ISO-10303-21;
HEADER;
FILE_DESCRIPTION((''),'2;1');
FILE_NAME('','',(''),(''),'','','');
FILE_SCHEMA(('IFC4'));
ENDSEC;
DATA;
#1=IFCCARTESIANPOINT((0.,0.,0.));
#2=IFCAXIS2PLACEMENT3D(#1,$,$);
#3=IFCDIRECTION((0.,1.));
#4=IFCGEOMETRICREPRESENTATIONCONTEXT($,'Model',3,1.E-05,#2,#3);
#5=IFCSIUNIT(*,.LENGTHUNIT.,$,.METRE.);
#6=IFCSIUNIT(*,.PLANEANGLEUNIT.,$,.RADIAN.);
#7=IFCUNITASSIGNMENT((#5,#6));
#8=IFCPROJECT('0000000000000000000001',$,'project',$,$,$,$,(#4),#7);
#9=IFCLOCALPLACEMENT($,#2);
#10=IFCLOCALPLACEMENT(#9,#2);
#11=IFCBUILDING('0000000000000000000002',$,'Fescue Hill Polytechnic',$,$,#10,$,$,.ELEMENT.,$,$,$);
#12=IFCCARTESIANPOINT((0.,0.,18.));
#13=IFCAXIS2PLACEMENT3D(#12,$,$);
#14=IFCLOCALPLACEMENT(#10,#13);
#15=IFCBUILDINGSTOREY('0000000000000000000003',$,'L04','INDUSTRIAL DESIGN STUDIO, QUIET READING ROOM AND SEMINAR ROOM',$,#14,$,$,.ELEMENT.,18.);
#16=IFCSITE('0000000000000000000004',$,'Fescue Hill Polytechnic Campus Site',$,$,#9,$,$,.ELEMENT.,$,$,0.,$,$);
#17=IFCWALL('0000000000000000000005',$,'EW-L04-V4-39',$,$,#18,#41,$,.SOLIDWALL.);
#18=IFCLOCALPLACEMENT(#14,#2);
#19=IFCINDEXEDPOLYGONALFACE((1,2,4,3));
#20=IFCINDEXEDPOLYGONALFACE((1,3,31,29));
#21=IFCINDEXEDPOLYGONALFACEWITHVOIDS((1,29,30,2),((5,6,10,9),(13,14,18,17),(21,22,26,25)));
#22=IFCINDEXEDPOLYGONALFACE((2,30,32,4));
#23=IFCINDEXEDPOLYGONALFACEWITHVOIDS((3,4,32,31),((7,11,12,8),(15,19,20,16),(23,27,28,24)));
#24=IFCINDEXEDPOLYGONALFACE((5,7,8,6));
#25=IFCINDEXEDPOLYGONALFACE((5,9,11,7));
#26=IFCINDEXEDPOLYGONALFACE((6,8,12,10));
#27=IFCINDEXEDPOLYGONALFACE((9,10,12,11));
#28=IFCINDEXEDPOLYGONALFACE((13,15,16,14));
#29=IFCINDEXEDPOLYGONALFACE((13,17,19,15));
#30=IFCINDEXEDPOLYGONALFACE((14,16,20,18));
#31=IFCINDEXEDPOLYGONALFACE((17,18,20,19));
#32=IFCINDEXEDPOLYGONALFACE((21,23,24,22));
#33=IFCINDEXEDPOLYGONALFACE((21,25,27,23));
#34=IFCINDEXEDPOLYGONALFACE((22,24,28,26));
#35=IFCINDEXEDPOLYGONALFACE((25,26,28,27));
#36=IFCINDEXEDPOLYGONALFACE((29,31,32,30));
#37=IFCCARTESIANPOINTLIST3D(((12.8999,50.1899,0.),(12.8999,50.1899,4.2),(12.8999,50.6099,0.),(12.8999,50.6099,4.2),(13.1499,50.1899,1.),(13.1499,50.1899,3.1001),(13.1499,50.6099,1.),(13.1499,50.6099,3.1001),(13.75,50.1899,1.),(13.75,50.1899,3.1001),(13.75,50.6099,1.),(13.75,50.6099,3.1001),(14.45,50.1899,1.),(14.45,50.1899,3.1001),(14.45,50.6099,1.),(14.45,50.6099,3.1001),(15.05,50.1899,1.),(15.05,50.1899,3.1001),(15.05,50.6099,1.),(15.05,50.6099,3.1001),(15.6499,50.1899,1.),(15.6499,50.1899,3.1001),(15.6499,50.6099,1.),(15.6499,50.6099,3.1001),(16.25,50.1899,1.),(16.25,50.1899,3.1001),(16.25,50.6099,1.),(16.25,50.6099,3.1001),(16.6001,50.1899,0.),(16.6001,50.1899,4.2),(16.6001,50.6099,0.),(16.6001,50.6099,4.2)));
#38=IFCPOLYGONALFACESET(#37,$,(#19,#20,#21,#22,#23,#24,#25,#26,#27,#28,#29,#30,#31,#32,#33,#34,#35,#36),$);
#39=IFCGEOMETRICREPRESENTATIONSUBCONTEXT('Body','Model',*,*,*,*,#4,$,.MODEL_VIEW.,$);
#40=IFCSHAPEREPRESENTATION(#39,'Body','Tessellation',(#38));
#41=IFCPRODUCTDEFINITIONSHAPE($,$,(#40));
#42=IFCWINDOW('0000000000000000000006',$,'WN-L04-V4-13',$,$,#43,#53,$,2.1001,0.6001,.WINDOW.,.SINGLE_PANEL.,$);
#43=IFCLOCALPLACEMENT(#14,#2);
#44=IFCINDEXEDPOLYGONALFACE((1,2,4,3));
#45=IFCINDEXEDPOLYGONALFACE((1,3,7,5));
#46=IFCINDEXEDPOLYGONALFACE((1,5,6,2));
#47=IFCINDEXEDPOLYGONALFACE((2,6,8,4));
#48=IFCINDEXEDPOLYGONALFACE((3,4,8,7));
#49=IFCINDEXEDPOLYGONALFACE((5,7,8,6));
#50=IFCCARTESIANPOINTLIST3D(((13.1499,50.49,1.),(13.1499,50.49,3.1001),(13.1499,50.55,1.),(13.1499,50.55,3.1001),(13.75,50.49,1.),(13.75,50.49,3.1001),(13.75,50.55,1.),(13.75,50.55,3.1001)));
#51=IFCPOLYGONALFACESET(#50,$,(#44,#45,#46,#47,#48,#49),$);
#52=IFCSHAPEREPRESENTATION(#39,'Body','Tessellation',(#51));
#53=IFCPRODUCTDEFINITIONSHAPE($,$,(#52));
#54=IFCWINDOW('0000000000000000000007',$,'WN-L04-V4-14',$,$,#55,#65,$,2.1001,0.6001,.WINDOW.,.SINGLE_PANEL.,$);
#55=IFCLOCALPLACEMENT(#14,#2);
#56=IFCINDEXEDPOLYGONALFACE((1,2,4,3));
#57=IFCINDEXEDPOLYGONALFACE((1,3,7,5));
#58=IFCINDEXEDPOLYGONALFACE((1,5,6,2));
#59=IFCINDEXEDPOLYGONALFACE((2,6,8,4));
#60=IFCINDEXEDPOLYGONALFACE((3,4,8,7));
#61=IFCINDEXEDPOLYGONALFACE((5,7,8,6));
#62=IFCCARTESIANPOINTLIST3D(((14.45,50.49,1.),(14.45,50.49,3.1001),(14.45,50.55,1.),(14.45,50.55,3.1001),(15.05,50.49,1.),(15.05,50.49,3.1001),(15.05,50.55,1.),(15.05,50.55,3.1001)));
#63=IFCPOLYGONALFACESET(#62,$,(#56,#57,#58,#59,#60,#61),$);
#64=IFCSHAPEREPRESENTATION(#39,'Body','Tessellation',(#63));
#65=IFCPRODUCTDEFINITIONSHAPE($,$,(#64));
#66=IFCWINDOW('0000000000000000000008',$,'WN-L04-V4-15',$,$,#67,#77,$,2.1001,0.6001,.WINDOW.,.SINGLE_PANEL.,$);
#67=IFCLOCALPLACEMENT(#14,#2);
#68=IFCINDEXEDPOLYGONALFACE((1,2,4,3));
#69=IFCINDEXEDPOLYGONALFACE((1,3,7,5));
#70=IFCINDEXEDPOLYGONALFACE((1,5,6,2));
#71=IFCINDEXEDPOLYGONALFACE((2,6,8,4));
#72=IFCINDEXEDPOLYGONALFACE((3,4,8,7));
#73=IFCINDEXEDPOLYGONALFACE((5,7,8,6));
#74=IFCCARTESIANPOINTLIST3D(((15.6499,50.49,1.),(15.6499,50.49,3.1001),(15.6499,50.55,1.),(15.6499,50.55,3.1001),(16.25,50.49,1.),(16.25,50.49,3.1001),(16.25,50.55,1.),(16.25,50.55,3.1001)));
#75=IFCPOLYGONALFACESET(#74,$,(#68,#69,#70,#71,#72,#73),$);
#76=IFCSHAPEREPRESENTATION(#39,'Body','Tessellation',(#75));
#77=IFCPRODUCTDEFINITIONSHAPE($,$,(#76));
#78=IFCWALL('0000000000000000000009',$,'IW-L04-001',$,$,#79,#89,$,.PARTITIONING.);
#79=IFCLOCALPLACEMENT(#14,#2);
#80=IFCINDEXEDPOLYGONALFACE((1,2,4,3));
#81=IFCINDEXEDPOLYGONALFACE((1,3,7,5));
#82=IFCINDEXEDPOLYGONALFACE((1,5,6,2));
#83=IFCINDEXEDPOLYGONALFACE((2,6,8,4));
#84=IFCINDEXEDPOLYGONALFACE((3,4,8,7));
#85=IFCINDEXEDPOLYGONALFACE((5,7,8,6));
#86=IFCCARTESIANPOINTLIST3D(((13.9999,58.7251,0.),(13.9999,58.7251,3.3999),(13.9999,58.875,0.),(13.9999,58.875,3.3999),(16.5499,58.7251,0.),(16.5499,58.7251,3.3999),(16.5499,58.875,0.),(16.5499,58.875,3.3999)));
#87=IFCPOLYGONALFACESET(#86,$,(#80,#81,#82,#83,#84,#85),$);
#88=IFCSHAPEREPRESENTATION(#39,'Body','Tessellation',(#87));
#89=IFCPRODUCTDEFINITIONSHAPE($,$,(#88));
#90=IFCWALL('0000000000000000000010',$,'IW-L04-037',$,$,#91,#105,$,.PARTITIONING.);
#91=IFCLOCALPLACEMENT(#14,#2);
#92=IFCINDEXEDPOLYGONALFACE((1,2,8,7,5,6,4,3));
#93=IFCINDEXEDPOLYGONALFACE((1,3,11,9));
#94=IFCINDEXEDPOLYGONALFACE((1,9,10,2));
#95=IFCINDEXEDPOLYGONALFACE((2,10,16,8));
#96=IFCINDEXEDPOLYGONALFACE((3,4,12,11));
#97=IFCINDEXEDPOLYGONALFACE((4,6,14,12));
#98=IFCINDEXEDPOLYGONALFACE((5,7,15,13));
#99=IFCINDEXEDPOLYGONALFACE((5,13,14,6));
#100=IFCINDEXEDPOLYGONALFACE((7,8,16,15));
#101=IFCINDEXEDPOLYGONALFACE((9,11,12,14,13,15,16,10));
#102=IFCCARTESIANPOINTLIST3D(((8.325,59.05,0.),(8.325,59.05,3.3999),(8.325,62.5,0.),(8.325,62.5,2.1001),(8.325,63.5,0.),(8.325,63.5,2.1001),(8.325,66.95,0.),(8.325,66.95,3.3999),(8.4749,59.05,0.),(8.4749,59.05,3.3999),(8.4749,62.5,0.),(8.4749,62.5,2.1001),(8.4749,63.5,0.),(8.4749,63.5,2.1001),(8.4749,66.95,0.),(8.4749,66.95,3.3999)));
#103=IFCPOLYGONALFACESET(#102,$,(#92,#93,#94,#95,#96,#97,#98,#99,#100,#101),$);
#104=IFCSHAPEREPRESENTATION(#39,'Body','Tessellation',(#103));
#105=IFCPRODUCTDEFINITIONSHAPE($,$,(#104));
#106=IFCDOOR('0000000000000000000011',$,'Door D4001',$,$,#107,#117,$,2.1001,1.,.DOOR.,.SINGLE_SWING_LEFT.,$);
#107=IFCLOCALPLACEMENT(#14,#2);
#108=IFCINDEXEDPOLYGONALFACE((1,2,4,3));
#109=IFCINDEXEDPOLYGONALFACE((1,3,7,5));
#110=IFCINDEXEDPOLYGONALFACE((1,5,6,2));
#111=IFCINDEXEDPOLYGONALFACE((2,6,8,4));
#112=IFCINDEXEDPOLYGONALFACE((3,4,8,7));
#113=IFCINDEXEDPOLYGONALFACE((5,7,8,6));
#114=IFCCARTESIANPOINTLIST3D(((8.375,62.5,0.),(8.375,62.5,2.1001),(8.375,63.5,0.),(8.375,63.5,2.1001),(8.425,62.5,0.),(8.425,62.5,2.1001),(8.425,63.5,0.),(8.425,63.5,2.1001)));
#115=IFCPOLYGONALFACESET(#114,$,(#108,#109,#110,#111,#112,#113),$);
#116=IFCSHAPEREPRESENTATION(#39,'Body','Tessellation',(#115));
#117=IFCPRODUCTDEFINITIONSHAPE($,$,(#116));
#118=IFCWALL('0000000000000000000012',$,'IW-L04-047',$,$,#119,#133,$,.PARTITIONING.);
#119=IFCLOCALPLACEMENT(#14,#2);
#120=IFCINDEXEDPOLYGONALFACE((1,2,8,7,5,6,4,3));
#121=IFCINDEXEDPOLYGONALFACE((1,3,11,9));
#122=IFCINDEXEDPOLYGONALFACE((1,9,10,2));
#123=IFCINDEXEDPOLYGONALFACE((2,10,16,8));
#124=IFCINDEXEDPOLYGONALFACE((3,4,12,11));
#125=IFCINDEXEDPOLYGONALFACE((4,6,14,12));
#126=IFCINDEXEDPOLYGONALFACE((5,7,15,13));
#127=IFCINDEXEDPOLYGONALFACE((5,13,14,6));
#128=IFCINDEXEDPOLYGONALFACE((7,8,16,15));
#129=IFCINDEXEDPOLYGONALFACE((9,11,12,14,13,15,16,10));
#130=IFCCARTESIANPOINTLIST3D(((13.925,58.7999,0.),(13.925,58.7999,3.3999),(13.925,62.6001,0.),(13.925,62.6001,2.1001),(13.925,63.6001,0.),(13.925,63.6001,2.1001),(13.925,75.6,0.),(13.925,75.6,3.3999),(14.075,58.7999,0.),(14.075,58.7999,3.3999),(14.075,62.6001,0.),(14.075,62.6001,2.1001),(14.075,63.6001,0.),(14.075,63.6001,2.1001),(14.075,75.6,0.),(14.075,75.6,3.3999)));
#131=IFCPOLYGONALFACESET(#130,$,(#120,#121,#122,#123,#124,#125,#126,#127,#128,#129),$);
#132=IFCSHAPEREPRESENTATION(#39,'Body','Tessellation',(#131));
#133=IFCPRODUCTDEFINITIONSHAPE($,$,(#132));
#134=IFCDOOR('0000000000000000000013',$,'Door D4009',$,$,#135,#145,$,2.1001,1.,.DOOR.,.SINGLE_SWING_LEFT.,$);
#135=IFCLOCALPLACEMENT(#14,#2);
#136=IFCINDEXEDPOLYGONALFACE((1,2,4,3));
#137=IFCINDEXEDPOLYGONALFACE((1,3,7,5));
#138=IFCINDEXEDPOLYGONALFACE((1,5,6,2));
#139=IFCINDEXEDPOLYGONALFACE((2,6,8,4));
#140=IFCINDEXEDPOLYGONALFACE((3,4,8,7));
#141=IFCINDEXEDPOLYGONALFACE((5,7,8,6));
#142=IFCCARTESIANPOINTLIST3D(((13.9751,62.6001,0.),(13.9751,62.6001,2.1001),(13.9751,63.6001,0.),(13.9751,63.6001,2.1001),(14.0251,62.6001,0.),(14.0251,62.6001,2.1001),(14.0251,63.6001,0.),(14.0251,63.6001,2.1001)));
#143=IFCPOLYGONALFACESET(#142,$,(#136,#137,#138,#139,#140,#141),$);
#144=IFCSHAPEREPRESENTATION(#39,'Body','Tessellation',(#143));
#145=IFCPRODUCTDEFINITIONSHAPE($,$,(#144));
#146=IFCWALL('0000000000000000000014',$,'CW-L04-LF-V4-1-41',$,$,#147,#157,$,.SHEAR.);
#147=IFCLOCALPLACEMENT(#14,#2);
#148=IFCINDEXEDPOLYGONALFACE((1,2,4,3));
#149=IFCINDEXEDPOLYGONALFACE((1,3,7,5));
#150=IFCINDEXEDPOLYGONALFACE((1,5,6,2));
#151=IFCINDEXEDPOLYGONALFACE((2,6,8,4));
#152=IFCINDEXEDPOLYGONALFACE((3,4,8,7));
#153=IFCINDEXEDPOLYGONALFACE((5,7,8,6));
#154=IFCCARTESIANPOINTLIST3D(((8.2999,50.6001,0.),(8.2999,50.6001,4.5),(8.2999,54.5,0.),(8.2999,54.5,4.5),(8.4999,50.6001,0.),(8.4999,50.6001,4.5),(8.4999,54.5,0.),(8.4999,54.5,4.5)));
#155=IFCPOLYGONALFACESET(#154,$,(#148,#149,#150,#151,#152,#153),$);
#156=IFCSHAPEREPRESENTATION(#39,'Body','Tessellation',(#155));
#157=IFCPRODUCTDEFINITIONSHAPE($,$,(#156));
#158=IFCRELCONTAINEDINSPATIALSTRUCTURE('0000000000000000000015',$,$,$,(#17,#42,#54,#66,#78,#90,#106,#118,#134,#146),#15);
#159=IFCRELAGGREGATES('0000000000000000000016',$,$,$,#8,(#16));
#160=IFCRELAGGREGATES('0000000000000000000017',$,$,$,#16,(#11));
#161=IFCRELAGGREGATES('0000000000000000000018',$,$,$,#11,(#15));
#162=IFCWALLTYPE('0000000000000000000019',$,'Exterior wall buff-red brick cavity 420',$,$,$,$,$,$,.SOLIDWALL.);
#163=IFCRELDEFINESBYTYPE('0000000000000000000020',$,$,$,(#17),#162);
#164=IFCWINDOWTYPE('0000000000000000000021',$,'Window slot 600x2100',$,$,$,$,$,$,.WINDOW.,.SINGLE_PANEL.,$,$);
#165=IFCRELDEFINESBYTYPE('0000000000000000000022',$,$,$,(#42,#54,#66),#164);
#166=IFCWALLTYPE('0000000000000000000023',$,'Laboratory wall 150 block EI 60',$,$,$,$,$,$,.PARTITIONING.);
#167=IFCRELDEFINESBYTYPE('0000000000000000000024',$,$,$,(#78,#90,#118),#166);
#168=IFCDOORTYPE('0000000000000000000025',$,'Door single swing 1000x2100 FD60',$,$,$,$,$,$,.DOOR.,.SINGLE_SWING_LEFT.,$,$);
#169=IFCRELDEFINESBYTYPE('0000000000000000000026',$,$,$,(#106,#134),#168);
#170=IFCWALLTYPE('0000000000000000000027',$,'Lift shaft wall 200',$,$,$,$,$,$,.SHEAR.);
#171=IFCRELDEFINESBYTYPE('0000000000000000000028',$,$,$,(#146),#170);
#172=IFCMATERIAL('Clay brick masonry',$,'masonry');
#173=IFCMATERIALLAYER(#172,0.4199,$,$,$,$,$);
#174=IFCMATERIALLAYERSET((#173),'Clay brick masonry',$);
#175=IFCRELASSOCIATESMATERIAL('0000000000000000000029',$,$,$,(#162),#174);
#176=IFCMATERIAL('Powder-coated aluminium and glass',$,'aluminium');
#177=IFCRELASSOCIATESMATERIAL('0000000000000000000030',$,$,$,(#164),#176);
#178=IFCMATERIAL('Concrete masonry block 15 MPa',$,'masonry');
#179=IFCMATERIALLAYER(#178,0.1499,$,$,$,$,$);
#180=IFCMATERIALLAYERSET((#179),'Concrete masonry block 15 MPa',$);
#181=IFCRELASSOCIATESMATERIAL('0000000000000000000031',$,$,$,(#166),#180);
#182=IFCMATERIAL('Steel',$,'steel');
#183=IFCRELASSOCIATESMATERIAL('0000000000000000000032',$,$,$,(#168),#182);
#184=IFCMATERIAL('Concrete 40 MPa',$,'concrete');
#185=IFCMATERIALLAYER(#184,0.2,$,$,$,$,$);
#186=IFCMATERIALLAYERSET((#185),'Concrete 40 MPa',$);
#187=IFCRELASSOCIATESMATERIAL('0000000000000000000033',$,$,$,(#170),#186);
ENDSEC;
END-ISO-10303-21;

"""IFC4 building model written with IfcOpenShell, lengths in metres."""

from ifc_helpers import new_model, si_unit, direction, frame, frame_2d, origin, place, context, subcontext, project, spatial, rectangle, extrude, material, layer, layer_set, type_object, element, fill, save


model = new_model("IFC4")

# Units and contexts
model_context = context("Model", 3, precision=1e-05, world=origin(), true_north=direction((0.0, 1.0)))
body_context = subcontext(model_context, "Body", "Model", "MODEL_VIEW")
ifc_project = project(units=[si_unit("LENGTHUNIT", "METRE"), si_unit("PLANEANGLEUNIT", "RADIAN")], contexts=[model_context])

# Site, building, storey
site_placement = place(None, origin())
site = spatial("IfcSite", under=ifc_project, at=site_placement, Name="Fescue Hill Polytechnic Campus Site", CompositionType="ELEMENT", RefElevation=0.0)
building_placement = place(site_placement, origin())
building = spatial("IfcBuilding", under=site, at=building_placement, Name="Fescue Hill Polytechnic", CompositionType="ELEMENT")
storey_placement = place(building_placement, frame((0.0, 0.0, 18.0)))
storey = spatial("IfcBuildingStorey", under=building, at=storey_placement, Name="L04", Description="INDUSTRIAL DESIGN STUDIO, QUIET READING ROOM AND SEMINAR ROOM", CompositionType="ELEMENT", Elevation=18.0)

# Shared definitions
ifc_material_1 = material(Name="Concrete 40 MPa", Category="concrete")

# Shared definitions
ifc_material_2 = material(Name="Clay brick masonry", Category="masonry")

# Wall, openings, windows
ifc_layer_1 = layer(ifc_material_2, 0.4199)
ifc_layer_set_1 = layer_set([ifc_layer_1], Name="Clay brick masonry")
wall_type_1 = type_object("IfcWallType", Name="Exterior wall buff-red brick cavity 420", PredefinedType="SOLIDWALL", material=ifc_layer_set_1)
wall_1_placement = place(storey_placement, frame((12.8999, 50.3999, 0.0), z_axis=(0.0, 0.0, 1.0), x_axis=(1.0, 0.0, 0.0)))
wall_1 = element("IfcWall", 1, at=wall_1_placement, inside=storey, type_object=wall_type_1, Name="EW-L04-V4-39", PredefinedType="SOLIDWALL", context=body_context, shape_type="SweptSolid", body=[
    extrude(rectangle(XDim=3.7002, YDim=0.4199, at=frame_2d((1.8501, 0.0))), origin(), (0.0, 0.0, 1.0), 4.2),
])
opening_1_placement = place(wall_1_placement, frame((0.25, 0.0, 1.0)))
opening_1 = element("IfcOpeningElement", 2, at=opening_1_placement, cuts=wall_1, PredefinedType="OPENING", context=body_context, shape_type="SweptSolid", body=[
    extrude(rectangle(XDim=0.6001, YDim=2.1001, at=frame_2d((0.3, 1.05))), frame((0.0, 0.22, 0.0), z_axis=(0.0, -1.0, 0.0), x_axis=(1.0, 0.0, 0.0)), (0.0, 0.0, 1.0), 0.4399),
])
opening_2_placement = place(wall_1_placement, frame((1.55, 0.0, 1.0)))
opening_2 = element("IfcOpeningElement", 3, at=opening_2_placement, cuts=wall_1, PredefinedType="OPENING", context=body_context, shape_type="SweptSolid", body=[
    extrude(rectangle(XDim=0.6001, YDim=2.1001, at=frame_2d((0.3, 1.05))), frame((0.0, 0.22, 0.0), z_axis=(0.0, -1.0, 0.0), x_axis=(1.0, 0.0, 0.0)), (0.0, 0.0, 1.0), 0.4399),
])
opening_3_placement = place(wall_1_placement, frame((2.75, 0.0, 1.0)))
opening_3 = element("IfcOpeningElement", 4, at=opening_3_placement, cuts=wall_1, PredefinedType="OPENING", context=body_context, shape_type="SweptSolid", body=[
    extrude(rectangle(XDim=0.6001, YDim=2.1001, at=frame_2d((0.3, 1.05))), frame((0.0, 0.22, 0.0), z_axis=(0.0, -1.0, 0.0), x_axis=(1.0, 0.0, 0.0)), (0.0, 0.0, 1.0), 0.4399),
])
ifc_material_3 = material(Name="Powder-coated aluminium and glass", Category="aluminium")
window_type = type_object("IfcWindowType", Name="Window slot 600x2100", PartitioningType="SINGLE_PANEL", PredefinedType="WINDOW", material=ifc_material_3)
window_1_placement = place(opening_1_placement, origin())
window_1 = element("IfcWindow", 5, at=window_1_placement, inside=storey, type_object=window_type, Name="WN-L04-V4-13", OverallHeight=2.1001, OverallWidth=0.6001, PartitioningType="SINGLE_PANEL", PredefinedType="WINDOW", context=body_context, shape_type="SweptSolid", body=[
    extrude(rectangle(XDim=0.6001, YDim=2.1001, at=frame_2d((0.3, 1.05))), frame((0.0, 0.1501, 0.0), z_axis=(0.0, -1.0, 0.0), x_axis=(1.0, 0.0, 0.0)), (0.0, 0.0, 1.0), 0.0601),
])
fill(opening_1, window_1)
window_2_placement = place(opening_2_placement, origin())
window_2 = element("IfcWindow", 6, at=window_2_placement, inside=storey, type_object=window_type, Name="WN-L04-V4-14", OverallHeight=2.1001, OverallWidth=0.6001, PartitioningType="SINGLE_PANEL", PredefinedType="WINDOW", context=body_context, shape_type="SweptSolid", body=[
    extrude(rectangle(XDim=0.6001, YDim=2.1001, at=frame_2d((0.3, 1.05))), frame((0.0, 0.1501, 0.0), z_axis=(0.0, -1.0, 0.0), x_axis=(1.0, 0.0, 0.0)), (0.0, 0.0, 1.0), 0.0601),
])
fill(opening_2, window_2)
window_3_placement = place(opening_3_placement, origin())
window_3 = element("IfcWindow", 7, at=window_3_placement, inside=storey, type_object=window_type, Name="WN-L04-V4-15", OverallHeight=2.1001, OverallWidth=0.6001, PartitioningType="SINGLE_PANEL", PredefinedType="WINDOW", context=body_context, shape_type="SweptSolid", body=[
    extrude(rectangle(XDim=0.6001, YDim=2.1001, at=frame_2d((0.3, 1.05))), frame((0.0, 0.1501, 0.0), z_axis=(0.0, -1.0, 0.0), x_axis=(1.0, 0.0, 0.0)), (0.0, 0.0, 1.0), 0.0601),
])
fill(opening_3, window_3)

# Wall
ifc_material_4 = material(Name="Concrete masonry block 15 MPa", Category="masonry")
ifc_layer_2 = layer(ifc_material_4, 0.1499)
ifc_layer_set_2 = layer_set([ifc_layer_2], Name="Concrete masonry block 15 MPa")
wall_type_2 = type_object("IfcWallType", Name="Laboratory wall 150 block EI 60", PredefinedType="PARTITIONING", material=ifc_layer_set_2)
wall_2_placement = place(storey_placement, frame((14.0, 58.8, 0.0), z_axis=(0.0, 0.0, 1.0), x_axis=(1.0, 0.0, 0.0)))
element("IfcWall", 8, at=wall_2_placement, inside=storey, type_object=wall_type_2, Name="IW-L04-001", PredefinedType="PARTITIONING", context=body_context, shape_type="SweptSolid", body=[
    extrude(rectangle(XDim=2.55, YDim=0.1499, at=frame_2d((1.2749, 0.0))), origin(), (0.0, 0.0, 1.0), 3.3999),
])

# Walls, openings, doors
wall_3_placement = place(storey_placement, frame((8.3999, 59.05, 0.0), z_axis=(0.0, 0.0, 1.0), x_axis=(0.0, 1.0, 0.0)))
wall_3 = element("IfcWall", 9, at=wall_3_placement, inside=storey, type_object=wall_type_2, Name="IW-L04-037", PredefinedType="PARTITIONING", context=body_context, shape_type="SweptSolid", body=[
    extrude(rectangle(XDim=7.8999, YDim=0.1499, at=frame_2d((3.95, 0.0))), origin(), (0.0, 0.0, 1.0), 3.3999),
])
opening_4_placement = place(wall_3_placement, frame((3.45, 0.0, 0.0)))
opening_4 = element("IfcOpeningElement", 10, at=opening_4_placement, cuts=wall_3, PredefinedType="OPENING", context=body_context, shape_type="SweptSolid", body=[
    extrude(rectangle(XDim=1.0, YDim=2.1001, at=frame_2d((0.5, 1.05))), frame((0.0, 0.085, 0.0), z_axis=(0.0, -1.0, 0.0), x_axis=(1.0, 0.0, 0.0)), (0.0, 0.0, 1.0), 0.1699),
])
ifc_material_5 = material(Name="Steel", Category="steel")
door_type_1 = type_object("IfcDoorType", Name="Door single swing 1000x2100 FD60", OperationType="SINGLE_SWING_LEFT", PredefinedType="DOOR", material=ifc_material_5)
door_1_placement = place(opening_4_placement, origin())
door_1 = element("IfcDoor", 11, at=door_1_placement, inside=storey, type_object=door_type_1, Name="Door D4001", OperationType="SINGLE_SWING_LEFT", OverallHeight=2.1001, OverallWidth=1.0, PredefinedType="DOOR", context=body_context, shape_type="SweptSolid", body=[
    extrude(rectangle(XDim=1.0, YDim=2.1001, at=frame_2d((0.5, 1.05))), frame((0.0, 0.0249, 0.0), z_axis=(0.0, -1.0, 0.0), x_axis=(1.0, 0.0, 0.0)), (0.0, 0.0, 1.0), 0.05),
])
fill(opening_4, door_1)
wall_4_placement = place(storey_placement, frame((14.0, 58.8, 0.0), z_axis=(0.0, 0.0, 1.0), x_axis=(0.0, 1.0, 0.0)))
wall_4 = element("IfcWall", 12, at=wall_4_placement, inside=storey, type_object=wall_type_2, Name="IW-L04-047", PredefinedType="PARTITIONING", context=body_context, shape_type="SweptSolid", body=[
    extrude(rectangle(XDim=16.8, YDim=0.1499, at=frame_2d((8.3999, 0.0))), origin(), (0.0, 0.0, 1.0), 3.3999),
])
opening_5_placement = place(wall_4_placement, frame((3.8, 0.0, 0.0)))
opening_5 = element("IfcOpeningElement", 13, at=opening_5_placement, cuts=wall_4, PredefinedType="OPENING", context=body_context, shape_type="SweptSolid", body=[
    extrude(rectangle(XDim=1.0, YDim=2.1001, at=frame_2d((0.5, 1.05))), frame((0.0, 0.085, 0.0), z_axis=(0.0, -1.0, 0.0), x_axis=(1.0, 0.0, 0.0)), (0.0, 0.0, 1.0), 0.1699),
])
door_2_placement = place(opening_5_placement, origin())
door_2 = element("IfcDoor", 14, at=door_2_placement, inside=storey, type_object=door_type_1, Name="Door D4009", OperationType="SINGLE_SWING_LEFT", OverallHeight=2.1001, OverallWidth=1.0, PredefinedType="DOOR", context=body_context, shape_type="SweptSolid", body=[
    extrude(rectangle(XDim=1.0, YDim=2.1001, at=frame_2d((0.5, 1.05))), frame((0.0, 0.0249, 0.0), z_axis=(0.0, -1.0, 0.0), x_axis=(1.0, 0.0, 0.0)), (0.0, 0.0, 1.0), 0.05),
])
fill(opening_5, door_2)

# Wall
ifc_layer_3 = layer(ifc_material_1, 0.2)
ifc_layer_set_3 = layer_set([ifc_layer_3], Name="Concrete 40 MPa")
wall_type_3 = type_object("IfcWallType", Name="Lift shaft wall 200", PredefinedType="SHEAR", material=ifc_layer_set_3)
wall_5_placement = place(storey_placement, frame((8.3999, 50.6001, 0.0), z_axis=(0.0, 0.0, 1.0), x_axis=(0.0, 1.0, 0.0)))
element("IfcWall", 15, at=wall_5_placement, inside=storey, type_object=wall_type_3, Name="CW-L04-LF-V4-1-41", PredefinedType="SHEAR", context=body_context, shape_type="SweptSolid", body=[
    extrude(rectangle(XDim=3.8999, YDim=0.2, at=frame_2d((1.95, 0.0))), origin(), (0.0, 0.0, 1.0), 4.5),
])

save(model, "model.ifc")
